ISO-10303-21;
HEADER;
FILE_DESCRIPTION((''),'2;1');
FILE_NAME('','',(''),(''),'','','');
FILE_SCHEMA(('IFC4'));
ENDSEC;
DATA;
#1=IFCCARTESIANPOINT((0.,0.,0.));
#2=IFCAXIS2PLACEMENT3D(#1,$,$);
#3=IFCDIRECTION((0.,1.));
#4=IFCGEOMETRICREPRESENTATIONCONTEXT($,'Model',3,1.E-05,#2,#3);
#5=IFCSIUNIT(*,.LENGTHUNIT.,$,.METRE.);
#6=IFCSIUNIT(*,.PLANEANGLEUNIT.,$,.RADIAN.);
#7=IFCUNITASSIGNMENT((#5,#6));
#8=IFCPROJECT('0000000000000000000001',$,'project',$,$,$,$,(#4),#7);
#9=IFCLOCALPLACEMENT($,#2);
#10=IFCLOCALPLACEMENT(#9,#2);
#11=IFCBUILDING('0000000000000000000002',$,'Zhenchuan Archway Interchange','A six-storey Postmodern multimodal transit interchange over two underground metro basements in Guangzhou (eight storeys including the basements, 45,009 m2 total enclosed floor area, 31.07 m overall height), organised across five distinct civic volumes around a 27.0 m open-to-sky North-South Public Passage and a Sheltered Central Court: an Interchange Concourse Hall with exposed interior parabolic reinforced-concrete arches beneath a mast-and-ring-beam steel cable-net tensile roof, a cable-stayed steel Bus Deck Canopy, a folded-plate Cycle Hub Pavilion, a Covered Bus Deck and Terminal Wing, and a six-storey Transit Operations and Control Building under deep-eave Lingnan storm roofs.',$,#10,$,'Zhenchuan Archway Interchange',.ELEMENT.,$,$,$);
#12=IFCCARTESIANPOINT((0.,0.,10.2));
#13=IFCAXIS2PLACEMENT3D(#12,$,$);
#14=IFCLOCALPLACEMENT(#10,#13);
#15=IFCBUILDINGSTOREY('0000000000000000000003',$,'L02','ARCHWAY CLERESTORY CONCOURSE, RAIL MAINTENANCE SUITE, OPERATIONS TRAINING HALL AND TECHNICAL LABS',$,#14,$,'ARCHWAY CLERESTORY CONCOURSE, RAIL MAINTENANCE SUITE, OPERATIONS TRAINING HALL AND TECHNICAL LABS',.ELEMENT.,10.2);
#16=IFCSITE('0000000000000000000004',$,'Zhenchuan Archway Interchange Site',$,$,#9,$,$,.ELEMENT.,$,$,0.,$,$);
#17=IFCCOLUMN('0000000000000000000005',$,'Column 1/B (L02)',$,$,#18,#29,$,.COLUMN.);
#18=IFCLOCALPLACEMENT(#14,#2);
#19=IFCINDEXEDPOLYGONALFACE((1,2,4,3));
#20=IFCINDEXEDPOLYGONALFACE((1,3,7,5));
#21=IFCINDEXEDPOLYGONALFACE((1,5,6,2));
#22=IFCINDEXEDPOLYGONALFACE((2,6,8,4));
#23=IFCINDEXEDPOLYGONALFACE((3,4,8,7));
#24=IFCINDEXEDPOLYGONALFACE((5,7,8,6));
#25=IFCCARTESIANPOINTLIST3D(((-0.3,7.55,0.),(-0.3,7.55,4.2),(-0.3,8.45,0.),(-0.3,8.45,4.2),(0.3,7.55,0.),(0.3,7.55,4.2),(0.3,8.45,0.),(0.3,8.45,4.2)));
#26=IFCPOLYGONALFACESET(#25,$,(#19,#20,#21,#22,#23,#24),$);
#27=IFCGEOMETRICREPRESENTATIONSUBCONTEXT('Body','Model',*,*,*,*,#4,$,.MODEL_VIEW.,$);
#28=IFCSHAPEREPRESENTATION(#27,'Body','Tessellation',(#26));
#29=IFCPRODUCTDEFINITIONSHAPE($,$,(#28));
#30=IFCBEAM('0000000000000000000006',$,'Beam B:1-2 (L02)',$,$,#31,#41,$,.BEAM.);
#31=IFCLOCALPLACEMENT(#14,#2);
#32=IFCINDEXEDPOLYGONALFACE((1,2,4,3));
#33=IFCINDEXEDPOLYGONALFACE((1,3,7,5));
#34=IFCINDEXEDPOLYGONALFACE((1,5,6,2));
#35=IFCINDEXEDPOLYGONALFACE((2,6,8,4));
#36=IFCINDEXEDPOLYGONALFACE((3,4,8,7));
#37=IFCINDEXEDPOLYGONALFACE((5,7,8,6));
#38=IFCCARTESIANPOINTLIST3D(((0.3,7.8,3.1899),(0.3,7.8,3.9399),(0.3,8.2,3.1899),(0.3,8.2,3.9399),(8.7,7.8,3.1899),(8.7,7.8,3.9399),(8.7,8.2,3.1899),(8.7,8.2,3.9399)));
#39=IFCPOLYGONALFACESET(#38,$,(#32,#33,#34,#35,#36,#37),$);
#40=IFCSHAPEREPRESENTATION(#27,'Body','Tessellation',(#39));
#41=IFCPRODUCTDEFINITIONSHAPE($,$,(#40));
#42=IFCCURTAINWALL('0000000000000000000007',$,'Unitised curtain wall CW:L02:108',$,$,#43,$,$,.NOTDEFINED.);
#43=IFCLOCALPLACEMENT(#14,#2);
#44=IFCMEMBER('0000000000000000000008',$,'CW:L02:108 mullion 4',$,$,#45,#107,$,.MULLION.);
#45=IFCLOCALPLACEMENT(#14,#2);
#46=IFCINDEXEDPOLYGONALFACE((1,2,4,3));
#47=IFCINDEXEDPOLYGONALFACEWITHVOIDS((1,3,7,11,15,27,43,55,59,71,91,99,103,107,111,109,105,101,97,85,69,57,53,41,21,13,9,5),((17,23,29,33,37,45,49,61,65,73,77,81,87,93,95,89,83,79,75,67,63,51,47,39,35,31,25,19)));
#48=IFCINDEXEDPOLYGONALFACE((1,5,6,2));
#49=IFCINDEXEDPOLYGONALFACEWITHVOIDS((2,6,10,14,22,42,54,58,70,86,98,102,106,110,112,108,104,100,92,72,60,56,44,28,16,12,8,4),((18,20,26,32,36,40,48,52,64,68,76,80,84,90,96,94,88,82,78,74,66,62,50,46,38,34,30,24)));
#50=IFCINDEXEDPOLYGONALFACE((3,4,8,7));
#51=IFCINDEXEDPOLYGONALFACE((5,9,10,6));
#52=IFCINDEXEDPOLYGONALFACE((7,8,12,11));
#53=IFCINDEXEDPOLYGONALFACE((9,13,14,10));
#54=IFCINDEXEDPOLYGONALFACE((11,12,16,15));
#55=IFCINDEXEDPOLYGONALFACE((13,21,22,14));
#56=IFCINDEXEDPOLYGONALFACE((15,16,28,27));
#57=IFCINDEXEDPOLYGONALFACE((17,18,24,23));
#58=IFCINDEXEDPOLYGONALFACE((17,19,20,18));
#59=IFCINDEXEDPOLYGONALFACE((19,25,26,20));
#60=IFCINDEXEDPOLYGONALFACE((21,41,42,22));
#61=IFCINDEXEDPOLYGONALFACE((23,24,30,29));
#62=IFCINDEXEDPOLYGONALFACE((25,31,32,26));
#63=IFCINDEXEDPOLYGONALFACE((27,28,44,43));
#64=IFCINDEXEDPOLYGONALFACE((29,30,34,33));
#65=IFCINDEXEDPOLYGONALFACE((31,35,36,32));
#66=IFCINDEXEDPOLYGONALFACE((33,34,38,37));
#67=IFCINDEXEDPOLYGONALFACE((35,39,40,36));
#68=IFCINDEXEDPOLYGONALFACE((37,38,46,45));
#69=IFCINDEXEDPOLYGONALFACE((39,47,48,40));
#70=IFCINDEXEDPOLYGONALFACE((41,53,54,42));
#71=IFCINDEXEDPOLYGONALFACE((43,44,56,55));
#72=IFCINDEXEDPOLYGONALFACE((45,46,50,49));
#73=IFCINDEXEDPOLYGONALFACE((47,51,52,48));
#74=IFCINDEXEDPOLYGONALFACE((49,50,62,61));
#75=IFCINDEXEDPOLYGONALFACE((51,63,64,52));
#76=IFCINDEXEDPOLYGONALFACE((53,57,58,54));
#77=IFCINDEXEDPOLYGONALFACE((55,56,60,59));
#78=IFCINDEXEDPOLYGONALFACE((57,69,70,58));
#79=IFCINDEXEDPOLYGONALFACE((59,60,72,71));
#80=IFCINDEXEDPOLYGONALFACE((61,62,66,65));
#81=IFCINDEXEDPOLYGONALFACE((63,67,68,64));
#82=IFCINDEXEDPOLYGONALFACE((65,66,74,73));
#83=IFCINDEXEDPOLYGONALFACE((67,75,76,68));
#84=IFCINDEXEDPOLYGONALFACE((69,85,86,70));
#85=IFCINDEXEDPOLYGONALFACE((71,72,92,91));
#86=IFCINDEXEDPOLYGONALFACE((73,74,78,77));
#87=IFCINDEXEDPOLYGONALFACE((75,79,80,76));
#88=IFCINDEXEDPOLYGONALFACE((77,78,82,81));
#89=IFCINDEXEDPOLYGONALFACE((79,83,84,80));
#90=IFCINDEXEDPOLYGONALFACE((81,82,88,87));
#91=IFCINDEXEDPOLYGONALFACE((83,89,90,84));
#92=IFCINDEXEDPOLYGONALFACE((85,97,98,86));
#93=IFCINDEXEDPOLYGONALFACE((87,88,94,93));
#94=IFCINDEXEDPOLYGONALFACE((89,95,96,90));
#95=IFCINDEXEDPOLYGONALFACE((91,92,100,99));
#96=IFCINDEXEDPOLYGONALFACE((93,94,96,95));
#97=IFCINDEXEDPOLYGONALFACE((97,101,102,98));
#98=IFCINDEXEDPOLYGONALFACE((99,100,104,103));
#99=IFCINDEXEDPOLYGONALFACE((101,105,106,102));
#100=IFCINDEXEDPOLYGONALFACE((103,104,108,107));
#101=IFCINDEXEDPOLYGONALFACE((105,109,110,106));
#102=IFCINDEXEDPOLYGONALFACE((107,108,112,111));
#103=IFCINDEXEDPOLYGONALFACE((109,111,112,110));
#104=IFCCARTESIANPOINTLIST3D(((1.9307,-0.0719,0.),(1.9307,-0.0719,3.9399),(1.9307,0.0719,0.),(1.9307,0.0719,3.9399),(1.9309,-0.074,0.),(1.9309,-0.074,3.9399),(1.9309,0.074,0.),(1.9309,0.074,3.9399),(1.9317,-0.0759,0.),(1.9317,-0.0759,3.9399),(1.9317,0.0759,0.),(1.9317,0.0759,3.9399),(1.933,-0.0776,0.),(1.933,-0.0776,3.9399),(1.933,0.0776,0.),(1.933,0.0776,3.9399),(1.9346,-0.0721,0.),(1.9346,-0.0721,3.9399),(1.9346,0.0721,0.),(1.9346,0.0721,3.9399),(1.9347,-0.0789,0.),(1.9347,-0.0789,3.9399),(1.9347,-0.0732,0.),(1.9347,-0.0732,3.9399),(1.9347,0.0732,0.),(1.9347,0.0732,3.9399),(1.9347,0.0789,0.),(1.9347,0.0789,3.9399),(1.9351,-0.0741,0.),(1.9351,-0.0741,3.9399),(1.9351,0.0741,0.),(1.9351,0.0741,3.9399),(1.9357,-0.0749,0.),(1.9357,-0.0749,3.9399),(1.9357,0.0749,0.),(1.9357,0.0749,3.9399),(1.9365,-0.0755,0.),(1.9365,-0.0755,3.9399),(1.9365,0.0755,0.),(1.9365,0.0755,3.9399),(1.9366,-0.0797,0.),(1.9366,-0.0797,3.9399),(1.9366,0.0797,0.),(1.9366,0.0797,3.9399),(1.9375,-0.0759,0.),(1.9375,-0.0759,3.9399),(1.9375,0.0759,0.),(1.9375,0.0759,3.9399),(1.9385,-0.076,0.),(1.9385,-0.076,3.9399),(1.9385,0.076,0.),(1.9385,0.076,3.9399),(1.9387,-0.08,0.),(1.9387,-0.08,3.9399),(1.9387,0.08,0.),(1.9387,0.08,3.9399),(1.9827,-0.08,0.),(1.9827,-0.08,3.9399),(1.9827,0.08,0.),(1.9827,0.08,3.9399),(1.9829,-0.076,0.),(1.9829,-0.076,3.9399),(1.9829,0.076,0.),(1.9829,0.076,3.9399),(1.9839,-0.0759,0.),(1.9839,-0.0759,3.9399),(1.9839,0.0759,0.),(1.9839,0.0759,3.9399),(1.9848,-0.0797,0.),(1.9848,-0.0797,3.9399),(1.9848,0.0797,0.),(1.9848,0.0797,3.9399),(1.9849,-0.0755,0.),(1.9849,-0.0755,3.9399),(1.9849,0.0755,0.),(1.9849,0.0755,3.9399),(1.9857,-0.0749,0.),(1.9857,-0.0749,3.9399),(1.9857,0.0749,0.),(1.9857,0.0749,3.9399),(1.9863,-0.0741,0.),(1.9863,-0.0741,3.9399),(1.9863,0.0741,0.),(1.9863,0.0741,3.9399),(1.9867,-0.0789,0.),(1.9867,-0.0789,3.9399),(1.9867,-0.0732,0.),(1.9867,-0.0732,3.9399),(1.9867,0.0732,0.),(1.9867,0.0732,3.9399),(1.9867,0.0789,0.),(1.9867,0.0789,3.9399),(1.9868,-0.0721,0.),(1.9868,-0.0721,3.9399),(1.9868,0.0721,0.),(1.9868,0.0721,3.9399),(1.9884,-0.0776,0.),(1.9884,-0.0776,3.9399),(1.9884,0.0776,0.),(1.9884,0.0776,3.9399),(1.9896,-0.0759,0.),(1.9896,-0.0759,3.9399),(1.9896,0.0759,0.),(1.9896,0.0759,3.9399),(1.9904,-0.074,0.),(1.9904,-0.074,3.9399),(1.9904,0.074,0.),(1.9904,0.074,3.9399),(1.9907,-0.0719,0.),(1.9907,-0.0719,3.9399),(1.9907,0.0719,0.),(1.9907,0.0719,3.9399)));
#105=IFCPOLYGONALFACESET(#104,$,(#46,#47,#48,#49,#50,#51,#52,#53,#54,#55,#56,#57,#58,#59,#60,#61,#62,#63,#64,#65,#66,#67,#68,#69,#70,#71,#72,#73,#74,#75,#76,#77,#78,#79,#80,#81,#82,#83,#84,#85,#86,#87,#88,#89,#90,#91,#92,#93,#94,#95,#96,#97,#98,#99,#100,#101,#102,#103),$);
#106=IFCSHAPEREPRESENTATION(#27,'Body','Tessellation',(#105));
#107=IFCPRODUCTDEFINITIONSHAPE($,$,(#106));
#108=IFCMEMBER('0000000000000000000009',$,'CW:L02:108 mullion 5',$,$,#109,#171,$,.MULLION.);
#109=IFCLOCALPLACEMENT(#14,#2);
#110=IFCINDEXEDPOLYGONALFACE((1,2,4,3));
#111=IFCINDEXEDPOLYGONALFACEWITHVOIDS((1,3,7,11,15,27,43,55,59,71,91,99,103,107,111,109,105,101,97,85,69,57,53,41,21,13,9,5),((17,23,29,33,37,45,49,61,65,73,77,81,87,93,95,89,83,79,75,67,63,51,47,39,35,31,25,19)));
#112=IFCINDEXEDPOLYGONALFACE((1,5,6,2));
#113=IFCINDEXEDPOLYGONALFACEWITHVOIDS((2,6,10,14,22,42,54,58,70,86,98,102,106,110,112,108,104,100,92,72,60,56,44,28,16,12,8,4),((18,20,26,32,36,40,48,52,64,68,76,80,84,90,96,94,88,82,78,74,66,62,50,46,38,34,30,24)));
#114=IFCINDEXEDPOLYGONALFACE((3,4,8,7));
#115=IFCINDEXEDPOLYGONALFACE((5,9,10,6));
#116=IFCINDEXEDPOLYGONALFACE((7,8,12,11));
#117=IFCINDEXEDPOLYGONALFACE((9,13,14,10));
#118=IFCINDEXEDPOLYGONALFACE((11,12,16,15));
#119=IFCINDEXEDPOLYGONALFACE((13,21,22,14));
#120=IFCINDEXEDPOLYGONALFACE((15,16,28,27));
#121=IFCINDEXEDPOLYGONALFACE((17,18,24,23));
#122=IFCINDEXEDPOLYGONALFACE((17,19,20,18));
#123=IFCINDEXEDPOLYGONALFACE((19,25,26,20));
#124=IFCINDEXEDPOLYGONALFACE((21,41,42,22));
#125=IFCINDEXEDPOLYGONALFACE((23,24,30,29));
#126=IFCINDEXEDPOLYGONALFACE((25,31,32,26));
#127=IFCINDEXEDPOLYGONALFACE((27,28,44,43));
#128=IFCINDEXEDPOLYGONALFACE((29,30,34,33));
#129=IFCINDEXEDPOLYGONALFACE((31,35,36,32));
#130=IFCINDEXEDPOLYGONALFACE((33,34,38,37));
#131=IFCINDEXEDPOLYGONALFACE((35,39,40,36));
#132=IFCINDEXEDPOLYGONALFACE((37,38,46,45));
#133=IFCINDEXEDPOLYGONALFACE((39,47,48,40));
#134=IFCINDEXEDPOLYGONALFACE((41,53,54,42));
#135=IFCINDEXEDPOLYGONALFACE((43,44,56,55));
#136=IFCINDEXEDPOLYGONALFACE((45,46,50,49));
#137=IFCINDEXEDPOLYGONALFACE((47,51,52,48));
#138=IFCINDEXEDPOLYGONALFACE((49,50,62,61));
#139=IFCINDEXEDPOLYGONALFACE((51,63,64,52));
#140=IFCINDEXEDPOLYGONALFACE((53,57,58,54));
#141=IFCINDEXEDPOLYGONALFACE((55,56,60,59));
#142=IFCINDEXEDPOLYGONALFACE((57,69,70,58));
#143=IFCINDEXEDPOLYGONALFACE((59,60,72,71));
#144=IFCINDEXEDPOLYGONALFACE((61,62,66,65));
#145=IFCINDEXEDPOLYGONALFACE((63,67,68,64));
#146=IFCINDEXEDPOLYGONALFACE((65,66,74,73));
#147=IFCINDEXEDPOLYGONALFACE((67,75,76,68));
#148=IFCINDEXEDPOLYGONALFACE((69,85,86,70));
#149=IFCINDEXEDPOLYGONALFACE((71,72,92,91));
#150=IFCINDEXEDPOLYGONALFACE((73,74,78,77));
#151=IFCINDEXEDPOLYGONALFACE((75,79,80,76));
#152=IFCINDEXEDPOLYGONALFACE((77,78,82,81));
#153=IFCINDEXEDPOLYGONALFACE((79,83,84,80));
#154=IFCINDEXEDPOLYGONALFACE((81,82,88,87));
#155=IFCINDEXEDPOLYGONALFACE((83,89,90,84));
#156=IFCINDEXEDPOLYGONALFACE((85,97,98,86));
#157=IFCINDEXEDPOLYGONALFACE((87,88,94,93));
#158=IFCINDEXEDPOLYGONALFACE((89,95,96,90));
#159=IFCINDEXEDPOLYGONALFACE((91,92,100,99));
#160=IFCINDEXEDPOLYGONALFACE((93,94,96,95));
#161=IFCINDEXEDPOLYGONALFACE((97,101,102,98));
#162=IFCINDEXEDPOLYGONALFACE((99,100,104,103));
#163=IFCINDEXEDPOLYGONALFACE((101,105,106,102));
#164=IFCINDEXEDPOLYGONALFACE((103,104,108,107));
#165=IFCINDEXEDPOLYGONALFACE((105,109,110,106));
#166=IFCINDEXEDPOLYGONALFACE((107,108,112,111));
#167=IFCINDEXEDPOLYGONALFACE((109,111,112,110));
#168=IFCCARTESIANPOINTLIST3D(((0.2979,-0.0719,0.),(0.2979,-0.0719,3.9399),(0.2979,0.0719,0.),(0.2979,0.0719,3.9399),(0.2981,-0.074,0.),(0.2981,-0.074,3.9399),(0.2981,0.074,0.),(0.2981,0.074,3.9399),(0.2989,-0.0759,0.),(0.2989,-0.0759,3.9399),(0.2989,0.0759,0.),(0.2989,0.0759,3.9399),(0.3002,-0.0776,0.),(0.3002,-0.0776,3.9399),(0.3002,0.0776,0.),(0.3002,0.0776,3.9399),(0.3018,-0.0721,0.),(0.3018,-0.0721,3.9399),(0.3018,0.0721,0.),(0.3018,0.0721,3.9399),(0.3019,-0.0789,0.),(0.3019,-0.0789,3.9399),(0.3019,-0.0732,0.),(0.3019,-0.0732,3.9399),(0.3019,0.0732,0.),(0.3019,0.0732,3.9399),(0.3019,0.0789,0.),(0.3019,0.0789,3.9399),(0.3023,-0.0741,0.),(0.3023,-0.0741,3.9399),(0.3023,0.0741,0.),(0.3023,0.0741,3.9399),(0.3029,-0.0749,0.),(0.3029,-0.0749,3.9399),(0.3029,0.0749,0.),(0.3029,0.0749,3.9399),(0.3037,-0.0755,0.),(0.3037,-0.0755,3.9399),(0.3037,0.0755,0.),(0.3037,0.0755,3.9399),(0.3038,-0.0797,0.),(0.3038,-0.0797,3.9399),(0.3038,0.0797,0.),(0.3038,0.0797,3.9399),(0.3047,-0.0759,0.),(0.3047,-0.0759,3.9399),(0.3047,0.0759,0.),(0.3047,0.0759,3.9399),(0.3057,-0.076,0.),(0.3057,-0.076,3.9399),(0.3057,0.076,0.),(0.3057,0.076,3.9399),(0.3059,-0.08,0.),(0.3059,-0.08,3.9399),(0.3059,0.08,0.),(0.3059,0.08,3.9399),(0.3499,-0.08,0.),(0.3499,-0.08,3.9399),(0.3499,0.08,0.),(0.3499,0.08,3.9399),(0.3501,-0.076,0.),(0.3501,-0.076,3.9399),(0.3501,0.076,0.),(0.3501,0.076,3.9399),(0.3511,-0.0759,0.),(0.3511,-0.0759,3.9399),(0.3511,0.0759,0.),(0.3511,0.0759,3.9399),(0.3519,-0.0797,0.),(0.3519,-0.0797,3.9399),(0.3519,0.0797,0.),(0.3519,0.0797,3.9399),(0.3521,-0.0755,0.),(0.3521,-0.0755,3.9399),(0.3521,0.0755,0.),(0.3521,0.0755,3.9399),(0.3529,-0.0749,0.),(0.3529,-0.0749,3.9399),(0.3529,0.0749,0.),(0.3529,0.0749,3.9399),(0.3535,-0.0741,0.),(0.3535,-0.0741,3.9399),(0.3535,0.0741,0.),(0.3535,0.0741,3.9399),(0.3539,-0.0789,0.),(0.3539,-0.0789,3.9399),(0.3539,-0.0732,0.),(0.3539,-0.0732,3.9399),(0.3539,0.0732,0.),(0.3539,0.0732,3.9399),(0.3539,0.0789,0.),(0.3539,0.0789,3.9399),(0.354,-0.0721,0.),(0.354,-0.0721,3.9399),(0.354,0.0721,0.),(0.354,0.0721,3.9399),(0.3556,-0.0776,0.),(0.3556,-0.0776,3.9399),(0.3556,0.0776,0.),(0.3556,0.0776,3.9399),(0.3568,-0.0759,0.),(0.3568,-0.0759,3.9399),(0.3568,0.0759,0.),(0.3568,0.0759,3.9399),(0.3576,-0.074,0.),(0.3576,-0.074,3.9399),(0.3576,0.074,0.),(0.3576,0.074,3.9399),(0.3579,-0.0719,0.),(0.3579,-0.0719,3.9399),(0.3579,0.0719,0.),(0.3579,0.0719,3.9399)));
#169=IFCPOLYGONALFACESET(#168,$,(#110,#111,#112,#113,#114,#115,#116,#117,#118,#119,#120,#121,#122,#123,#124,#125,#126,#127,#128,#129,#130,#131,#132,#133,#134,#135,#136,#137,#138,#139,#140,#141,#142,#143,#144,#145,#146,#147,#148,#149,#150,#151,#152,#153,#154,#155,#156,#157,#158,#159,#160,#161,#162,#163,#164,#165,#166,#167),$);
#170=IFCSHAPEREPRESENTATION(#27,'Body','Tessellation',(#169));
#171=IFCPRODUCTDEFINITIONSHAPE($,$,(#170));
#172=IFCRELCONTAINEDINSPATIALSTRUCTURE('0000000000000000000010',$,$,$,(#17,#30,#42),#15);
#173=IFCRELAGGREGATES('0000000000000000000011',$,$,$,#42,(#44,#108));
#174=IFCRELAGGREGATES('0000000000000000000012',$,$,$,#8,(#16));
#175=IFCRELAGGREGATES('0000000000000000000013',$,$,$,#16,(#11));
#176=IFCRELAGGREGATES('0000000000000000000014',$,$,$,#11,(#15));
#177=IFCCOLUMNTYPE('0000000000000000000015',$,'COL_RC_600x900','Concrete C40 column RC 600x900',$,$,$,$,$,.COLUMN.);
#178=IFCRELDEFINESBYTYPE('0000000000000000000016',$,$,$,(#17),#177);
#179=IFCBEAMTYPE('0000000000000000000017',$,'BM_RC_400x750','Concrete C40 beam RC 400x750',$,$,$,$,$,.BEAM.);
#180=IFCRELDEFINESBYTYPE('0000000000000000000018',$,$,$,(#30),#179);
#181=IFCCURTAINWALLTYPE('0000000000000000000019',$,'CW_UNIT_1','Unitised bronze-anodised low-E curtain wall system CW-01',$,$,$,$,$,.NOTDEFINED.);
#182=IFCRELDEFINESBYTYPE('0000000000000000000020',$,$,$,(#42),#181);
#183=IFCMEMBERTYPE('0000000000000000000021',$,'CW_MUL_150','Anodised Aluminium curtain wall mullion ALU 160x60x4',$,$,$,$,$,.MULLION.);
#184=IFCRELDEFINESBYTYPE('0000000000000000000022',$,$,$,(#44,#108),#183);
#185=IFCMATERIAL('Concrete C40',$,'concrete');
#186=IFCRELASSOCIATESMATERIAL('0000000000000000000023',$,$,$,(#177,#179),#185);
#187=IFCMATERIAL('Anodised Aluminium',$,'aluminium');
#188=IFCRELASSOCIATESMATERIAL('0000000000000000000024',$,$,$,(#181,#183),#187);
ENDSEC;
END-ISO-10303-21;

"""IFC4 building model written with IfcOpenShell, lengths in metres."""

from ifc_helpers import new_model, si_unit, direction, frame, origin, origin_2d, place, context, subcontext, project, spatial, rectangle, hollow_rectangle, extrude, material, material_profile, profile_set, type_object, element, aggregate, save


model = new_model("IFC4")

# Units and contexts
model_context = context("Model", 3, precision=1e-05, world=origin(), true_north=direction((0.0, 1.0)))
body_context = subcontext(model_context, "Body", "Model", "MODEL_VIEW")
ifc_project = project(units=[si_unit("LENGTHUNIT", "METRE"), si_unit("PLANEANGLEUNIT", "RADIAN")], contexts=[model_context])

# Site, building, storey
site_placement = place(None, origin())
site = spatial("IfcSite", under=ifc_project, at=site_placement, Name="Zhenchuan Archway Interchange Site", CompositionType="ELEMENT", RefElevation=0.0)
building_placement = place(site_placement, origin())
building = spatial("IfcBuilding", under=site, at=building_placement, Name="Zhenchuan Archway Interchange", Description="A six-storey Postmodern multimodal transit interchange over two underground metro basements in Guangzhou (eight storeys including the basements, 45,009 m2 total enclosed floor area, 31.07 m overall height), organised across five distinct civic volumes around a 27.0 m open-to-sky North-South Public Passage and a Sheltered Central Court: an Interchange Concourse Hall with exposed interior parabolic reinforced-concrete arches beneath a mast-and-ring-beam steel cable-net tensile roof, a cable-stayed steel Bus Deck Canopy, a folded-plate Cycle Hub Pavilion, a Covered Bus Deck and Terminal Wing, and a six-storey Transit Operations and Control Building under deep-eave Lingnan storm roofs.", LongName="Zhenchuan Archway Interchange", CompositionType="ELEMENT")
storey_placement = place(building_placement, frame((0.0, 0.0, 10.2)))
storey = spatial("IfcBuildingStorey", under=building, at=storey_placement, Name="L02", Description="ARCHWAY CLERESTORY CONCOURSE, RAIL MAINTENANCE SUITE, OPERATIONS TRAINING HALL AND TECHNICAL LABS", LongName="ARCHWAY CLERESTORY CONCOURSE, RAIL MAINTENANCE SUITE, OPERATIONS TRAINING HALL AND TECHNICAL LABS", CompositionType="ELEMENT", Elevation=10.2)

# Column
ifc_material_1 = material(Name="Concrete C40", Category="concrete")
ifc_material_profile_1 = material_profile(ifc_material_1, rectangle(XDim=0.6001, YDim=0.8999, at=origin_2d()), Name="RC 600x900")
ifc_profile_set_1 = profile_set([ifc_material_profile_1], Name="Concrete C40")
column_type = type_object("IfcColumnType", Name="COL_RC_600x900", Description="Concrete C40 column RC 600x900", PredefinedType="COLUMN", material=ifc_profile_set_1)
column_placement = place(storey_placement, frame((0.0, 8.0, 0.0), z_axis=(0.0, 0.0, 1.0), x_axis=(1.0, 0.0, 0.0)))
element("IfcColumn", 1, at=column_placement, inside=storey, type_object=column_type, Name="Column 1/B (L02)", PredefinedType="COLUMN", context=body_context, shape_type="SweptSolid", body=[
    extrude(rectangle(XDim=0.6001, YDim=0.8999, at=origin_2d()), origin(), (0.0, 0.0, 1.0), 4.2),
])

# Beam
ifc_material_profile_2 = material_profile(ifc_material_1, rectangle(XDim=0.3999, YDim=0.75, at=origin_2d()), Name="RC 400x750")
ifc_profile_set_2 = profile_set([ifc_material_profile_2], Name="Concrete C40")
beam_type_1 = type_object("IfcBeamType", Name="BM_RC_400x750", Description="Concrete C40 beam RC 400x750", PredefinedType="BEAM", material=ifc_profile_set_2)
beam_1_placement = place(storey_placement, frame((0.3, 8.0, 3.5649), z_axis=(1.0, 0.0, 0.0), x_axis=(0.0, 1.0, 0.0)))
element("IfcBeam", 2, at=beam_1_placement, inside=storey, type_object=beam_type_1, Name="Beam B:1-2 (L02)", PredefinedType="BEAM", context=body_context, shape_type="SweptSolid", body=[
    extrude(rectangle(XDim=0.3999, YDim=0.75, at=origin_2d()), origin(), (0.0, 0.0, 1.0), 8.3999),
])

# Curtain wall, members
ifc_material_2 = material(Name="Anodised Aluminium", Category="aluminium")
curtain_wall_type_1 = type_object("IfcCurtainWallType", Name="CW_UNIT_1", Description="Unitised bronze-anodised low-E curtain wall system CW-01", PredefinedType="NOTDEFINED", material=ifc_material_2)
curtain_wall_1_placement = place(storey_placement, origin())
curtain_wall_1 = element("IfcCurtainWall", 3, at=curtain_wall_1_placement, inside=storey, type_object=curtain_wall_type_1, Name="Unitised curtain wall CW:L02:108", PredefinedType="NOTDEFINED")
ifc_material_profile_3 = material_profile(ifc_material_2, hollow_rectangle(XDim=0.0601, YDim=0.1599, WallThickness=0.0039, InnerFilletRadius=0.0039, OuterFilletRadius=0.0081, at=origin_2d()), Name="ALU 160x60x4")
ifc_profile_set_3 = profile_set([ifc_material_profile_3], Name="Anodised Aluminium")
member_type_1 = type_object("IfcMemberType", Name="CW_MUL_150", Description="Anodised Aluminium curtain wall mullion ALU 160x60x4", PredefinedType="MULLION", material=ifc_profile_set_3)
member_1_placement = place(storey_placement, frame((1.9607, 0.0, 0.0), z_axis=(0.0, 0.0, 1.0), x_axis=(1.0, 0.0, 0.0)))
member_1 = element("IfcMember", 4, at=member_1_placement, type_object=member_type_1, Name="CW:L02:108 mullion 4", PredefinedType="MULLION", context=body_context, shape_type="SweptSolid", body=[
    extrude(hollow_rectangle(XDim=0.0601, YDim=0.1599, WallThickness=0.0039, InnerFilletRadius=0.0039, OuterFilletRadius=0.0081, at=origin_2d()), origin(), (0.0, 0.0, 1.0), 3.9399),
])
member_2_placement = place(storey_placement, frame((0.3279, 0.0, 0.0), z_axis=(0.0, 0.0, 1.0), x_axis=(1.0, 0.0, 0.0)))
member_2 = element("IfcMember", 5, at=member_2_placement, type_object=member_type_1, Name="CW:L02:108 mullion 5", PredefinedType="MULLION", context=body_context, shape_type="SweptSolid", body=[
    extrude(hollow_rectangle(XDim=0.0601, YDim=0.1599, WallThickness=0.0039, InnerFilletRadius=0.0039, OuterFilletRadius=0.0081, at=origin_2d()), origin(), (0.0, 0.0, 1.0), 3.9399),
])

aggregate(curtain_wall_1, [member_1, member_2])

save(model, "model.ifc")
